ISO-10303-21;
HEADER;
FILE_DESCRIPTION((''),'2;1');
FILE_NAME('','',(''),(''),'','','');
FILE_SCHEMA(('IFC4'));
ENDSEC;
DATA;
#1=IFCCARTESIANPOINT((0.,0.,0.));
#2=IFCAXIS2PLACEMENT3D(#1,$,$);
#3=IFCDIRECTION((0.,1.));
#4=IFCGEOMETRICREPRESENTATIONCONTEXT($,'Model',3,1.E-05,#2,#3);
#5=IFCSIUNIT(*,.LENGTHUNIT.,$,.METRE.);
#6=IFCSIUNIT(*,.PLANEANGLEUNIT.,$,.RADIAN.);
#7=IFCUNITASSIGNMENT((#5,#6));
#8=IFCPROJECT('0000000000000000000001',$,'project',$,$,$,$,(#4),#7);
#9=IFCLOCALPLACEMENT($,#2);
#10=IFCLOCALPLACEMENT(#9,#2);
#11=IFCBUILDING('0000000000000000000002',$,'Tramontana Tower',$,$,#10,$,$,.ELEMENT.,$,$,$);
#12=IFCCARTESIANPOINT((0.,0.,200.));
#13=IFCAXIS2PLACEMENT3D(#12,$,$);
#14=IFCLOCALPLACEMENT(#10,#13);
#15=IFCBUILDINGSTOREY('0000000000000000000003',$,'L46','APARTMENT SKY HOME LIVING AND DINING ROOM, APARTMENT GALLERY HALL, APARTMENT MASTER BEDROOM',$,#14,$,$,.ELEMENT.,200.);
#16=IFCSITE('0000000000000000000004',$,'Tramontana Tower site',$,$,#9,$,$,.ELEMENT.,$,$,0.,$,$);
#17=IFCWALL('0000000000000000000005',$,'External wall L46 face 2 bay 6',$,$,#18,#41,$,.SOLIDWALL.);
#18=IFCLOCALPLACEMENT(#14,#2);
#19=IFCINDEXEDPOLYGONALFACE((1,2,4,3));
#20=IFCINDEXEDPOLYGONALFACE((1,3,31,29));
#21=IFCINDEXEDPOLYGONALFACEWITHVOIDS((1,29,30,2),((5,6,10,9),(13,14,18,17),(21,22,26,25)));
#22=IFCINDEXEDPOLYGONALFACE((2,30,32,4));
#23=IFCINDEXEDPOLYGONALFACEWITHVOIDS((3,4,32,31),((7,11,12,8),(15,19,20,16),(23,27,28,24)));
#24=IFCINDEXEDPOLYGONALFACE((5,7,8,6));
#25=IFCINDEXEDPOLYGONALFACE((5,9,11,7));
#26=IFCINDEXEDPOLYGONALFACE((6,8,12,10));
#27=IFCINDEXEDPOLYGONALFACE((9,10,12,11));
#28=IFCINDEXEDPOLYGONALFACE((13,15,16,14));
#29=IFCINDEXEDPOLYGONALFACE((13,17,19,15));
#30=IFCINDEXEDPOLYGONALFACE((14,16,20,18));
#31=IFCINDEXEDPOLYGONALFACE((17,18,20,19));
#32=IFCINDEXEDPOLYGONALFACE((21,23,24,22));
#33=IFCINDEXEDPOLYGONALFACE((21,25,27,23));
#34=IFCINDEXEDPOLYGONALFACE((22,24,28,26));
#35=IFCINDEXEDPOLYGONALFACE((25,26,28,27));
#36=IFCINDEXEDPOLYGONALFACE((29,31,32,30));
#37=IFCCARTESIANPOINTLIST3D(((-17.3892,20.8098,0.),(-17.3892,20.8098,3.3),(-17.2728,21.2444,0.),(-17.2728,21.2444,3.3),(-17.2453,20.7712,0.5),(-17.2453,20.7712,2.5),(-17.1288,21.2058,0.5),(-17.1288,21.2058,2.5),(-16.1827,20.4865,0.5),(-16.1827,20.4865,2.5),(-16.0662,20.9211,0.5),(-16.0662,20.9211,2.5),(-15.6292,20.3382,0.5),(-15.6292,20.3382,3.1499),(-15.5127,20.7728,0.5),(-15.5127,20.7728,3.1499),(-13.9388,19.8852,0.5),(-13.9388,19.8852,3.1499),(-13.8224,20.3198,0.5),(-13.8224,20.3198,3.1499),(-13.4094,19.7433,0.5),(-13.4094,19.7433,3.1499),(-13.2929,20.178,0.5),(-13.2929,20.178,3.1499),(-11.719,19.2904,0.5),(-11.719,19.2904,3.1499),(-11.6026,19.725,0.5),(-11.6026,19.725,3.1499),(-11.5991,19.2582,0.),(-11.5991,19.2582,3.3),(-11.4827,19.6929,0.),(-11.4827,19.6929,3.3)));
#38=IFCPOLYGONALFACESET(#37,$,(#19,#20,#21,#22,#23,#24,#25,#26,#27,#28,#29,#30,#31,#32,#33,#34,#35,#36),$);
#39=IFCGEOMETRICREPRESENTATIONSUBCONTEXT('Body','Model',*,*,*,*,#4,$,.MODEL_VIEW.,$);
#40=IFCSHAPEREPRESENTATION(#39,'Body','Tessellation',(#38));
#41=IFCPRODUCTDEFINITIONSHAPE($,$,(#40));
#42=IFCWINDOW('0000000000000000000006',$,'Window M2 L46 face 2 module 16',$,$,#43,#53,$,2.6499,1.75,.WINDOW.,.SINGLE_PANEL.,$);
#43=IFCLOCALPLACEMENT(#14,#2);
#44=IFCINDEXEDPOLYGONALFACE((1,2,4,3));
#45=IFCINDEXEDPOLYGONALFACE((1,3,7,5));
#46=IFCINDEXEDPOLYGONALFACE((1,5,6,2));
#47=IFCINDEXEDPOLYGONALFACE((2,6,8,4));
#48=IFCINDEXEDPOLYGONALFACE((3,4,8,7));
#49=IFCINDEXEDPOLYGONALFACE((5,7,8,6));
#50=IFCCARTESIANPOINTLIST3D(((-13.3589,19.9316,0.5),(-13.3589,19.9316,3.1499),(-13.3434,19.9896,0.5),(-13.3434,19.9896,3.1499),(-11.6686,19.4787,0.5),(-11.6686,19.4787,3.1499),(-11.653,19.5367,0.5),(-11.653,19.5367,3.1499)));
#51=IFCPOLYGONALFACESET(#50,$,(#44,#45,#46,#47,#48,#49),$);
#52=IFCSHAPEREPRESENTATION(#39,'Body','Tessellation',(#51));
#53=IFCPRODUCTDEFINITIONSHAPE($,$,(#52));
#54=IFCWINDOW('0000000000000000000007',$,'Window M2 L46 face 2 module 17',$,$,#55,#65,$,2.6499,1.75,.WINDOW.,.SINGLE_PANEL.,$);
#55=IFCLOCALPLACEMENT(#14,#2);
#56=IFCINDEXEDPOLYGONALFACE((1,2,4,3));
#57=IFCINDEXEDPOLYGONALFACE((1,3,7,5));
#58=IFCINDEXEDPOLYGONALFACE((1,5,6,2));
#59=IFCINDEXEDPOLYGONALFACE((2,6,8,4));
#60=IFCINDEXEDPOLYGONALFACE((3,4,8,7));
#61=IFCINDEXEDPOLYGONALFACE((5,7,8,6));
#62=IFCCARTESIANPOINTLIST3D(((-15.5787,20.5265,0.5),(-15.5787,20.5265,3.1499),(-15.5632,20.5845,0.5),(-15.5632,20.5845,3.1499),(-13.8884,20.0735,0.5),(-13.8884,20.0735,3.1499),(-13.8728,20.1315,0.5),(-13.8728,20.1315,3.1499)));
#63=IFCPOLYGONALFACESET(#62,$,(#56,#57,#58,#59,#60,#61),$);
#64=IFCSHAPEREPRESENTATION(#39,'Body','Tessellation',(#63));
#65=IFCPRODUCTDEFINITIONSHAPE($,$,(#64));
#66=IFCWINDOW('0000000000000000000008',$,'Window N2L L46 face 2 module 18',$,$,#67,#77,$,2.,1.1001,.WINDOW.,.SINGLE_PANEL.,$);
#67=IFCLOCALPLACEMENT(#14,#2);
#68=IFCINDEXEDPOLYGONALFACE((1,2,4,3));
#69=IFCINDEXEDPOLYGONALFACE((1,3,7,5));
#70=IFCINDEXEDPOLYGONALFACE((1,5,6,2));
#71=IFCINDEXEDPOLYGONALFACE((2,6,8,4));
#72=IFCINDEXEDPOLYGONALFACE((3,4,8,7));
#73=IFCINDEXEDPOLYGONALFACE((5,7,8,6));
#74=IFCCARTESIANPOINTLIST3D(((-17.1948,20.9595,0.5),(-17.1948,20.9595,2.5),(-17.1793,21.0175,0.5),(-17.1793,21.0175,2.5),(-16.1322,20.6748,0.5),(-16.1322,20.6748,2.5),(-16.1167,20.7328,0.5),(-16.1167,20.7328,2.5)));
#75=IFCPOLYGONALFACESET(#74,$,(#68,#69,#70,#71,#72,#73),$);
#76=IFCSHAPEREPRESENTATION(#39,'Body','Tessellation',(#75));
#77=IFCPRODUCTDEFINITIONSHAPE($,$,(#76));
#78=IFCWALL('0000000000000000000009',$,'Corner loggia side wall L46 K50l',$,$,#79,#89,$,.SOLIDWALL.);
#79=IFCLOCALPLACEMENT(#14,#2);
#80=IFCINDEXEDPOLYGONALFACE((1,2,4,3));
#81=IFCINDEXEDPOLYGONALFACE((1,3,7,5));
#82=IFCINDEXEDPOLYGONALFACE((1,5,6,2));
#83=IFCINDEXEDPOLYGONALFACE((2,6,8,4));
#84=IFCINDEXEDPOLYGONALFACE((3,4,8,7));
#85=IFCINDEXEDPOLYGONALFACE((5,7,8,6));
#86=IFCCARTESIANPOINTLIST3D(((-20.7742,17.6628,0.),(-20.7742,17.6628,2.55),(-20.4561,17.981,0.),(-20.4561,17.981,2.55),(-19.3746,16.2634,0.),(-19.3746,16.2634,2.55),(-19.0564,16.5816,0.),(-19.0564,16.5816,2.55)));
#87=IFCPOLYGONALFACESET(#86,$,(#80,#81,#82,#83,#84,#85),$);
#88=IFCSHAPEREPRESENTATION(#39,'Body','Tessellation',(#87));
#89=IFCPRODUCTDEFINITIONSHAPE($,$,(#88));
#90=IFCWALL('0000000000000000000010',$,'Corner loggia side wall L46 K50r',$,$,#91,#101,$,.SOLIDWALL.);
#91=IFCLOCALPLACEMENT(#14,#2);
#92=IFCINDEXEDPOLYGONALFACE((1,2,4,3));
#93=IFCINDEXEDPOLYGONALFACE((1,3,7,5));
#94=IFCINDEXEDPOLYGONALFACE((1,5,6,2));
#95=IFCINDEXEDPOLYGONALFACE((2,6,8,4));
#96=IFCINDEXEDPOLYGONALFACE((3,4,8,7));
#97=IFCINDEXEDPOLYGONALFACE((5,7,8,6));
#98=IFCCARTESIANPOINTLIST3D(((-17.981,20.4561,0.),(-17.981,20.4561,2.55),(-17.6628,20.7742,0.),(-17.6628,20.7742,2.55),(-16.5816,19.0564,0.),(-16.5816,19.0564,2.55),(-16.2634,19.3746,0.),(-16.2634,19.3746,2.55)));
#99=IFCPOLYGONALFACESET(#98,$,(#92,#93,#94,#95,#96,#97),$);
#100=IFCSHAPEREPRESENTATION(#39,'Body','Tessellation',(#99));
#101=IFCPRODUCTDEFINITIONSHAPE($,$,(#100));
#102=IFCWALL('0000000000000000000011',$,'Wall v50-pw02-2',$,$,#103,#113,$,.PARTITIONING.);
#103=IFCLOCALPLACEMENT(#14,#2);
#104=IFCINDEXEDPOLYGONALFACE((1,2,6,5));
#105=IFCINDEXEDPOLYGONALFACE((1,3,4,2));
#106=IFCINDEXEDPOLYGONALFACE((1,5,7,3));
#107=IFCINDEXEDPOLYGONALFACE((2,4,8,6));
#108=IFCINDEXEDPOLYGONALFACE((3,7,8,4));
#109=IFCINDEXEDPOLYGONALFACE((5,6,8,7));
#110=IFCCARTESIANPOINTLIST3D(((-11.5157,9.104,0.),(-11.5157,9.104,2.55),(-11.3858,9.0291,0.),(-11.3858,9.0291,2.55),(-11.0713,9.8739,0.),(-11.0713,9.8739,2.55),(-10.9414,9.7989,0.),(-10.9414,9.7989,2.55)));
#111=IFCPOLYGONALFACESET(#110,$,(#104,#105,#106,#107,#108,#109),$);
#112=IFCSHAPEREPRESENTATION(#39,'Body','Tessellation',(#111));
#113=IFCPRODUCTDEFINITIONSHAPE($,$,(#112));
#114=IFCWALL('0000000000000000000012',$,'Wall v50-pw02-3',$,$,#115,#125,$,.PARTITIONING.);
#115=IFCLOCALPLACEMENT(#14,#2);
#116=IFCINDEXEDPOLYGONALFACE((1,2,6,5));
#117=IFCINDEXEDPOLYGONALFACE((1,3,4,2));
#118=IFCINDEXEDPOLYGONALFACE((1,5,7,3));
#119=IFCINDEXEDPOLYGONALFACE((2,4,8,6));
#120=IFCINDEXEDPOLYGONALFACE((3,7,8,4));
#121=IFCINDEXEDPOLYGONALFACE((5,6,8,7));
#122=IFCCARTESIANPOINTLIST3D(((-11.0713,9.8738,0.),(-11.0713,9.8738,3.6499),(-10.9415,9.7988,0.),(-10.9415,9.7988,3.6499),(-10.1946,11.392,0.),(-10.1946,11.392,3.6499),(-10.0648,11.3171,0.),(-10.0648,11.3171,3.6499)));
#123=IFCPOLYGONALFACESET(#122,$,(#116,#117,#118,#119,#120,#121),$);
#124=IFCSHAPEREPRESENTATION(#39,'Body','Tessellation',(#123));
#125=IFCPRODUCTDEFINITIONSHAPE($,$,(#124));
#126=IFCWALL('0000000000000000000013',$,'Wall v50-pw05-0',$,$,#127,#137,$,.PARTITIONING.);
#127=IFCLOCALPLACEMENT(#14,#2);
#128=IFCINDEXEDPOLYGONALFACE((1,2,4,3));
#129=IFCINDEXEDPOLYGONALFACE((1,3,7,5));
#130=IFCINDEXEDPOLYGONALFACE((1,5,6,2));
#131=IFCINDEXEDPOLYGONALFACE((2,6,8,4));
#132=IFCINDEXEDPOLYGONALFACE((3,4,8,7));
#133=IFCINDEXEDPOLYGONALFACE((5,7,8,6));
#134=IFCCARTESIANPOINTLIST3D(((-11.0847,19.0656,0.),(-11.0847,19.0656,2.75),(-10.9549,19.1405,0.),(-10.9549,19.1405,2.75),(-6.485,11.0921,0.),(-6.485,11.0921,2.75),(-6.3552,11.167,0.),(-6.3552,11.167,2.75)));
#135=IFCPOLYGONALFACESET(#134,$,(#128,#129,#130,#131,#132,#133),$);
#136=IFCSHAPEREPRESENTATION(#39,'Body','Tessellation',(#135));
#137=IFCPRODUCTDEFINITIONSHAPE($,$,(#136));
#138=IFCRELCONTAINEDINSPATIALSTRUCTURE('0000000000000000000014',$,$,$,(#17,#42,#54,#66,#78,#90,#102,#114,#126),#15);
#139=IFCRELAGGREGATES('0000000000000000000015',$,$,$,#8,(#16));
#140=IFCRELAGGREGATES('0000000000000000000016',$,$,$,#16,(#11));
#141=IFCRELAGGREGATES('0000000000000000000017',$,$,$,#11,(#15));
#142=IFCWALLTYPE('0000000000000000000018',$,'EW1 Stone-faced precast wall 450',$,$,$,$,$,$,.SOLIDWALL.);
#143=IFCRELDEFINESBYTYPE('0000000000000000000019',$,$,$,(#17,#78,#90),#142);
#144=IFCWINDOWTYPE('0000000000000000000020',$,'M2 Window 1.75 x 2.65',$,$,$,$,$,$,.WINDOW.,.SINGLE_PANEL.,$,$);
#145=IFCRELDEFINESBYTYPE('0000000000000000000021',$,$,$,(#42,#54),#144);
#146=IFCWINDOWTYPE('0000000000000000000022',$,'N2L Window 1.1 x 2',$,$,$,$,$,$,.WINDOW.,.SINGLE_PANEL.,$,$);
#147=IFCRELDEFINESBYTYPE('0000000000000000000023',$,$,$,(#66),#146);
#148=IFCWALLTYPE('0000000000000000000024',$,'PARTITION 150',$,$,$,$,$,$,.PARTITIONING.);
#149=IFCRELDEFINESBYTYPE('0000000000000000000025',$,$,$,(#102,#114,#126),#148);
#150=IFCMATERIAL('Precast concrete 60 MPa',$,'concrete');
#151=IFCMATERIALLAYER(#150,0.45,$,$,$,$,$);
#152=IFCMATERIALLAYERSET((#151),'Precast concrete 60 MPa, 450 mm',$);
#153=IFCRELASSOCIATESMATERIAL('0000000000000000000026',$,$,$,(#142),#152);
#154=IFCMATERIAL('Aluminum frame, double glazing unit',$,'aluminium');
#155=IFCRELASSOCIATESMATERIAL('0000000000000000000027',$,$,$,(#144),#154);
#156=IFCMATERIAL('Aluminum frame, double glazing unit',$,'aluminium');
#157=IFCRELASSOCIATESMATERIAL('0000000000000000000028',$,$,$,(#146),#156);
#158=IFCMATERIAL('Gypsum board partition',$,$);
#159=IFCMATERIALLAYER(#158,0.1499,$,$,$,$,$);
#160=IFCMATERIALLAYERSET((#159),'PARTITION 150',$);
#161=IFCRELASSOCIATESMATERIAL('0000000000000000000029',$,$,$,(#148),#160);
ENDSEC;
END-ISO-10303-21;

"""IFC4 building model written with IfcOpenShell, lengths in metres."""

from ifc_helpers import new_model, si_unit, direction, frame, frame_2d, origin, place, context, subcontext, project, spatial, rectangle, extrude, material, layer, layer_set, type_object, element, fill, save


model = new_model("IFC4")

# Units and contexts
model_context = context("Model", 3, precision=1e-05, world=origin(), true_north=direction((0.0, 1.0)))
body_context = subcontext(model_context, "Body", "Model", "MODEL_VIEW")
ifc_project = project(units=[si_unit("LENGTHUNIT", "METRE"), si_unit("PLANEANGLEUNIT", "RADIAN")], contexts=[model_context])

# Site, building, storey
site_placement = place(None, origin())
site = spatial("IfcSite", under=ifc_project, at=site_placement, Name="Tramontana Tower site", CompositionType="ELEMENT", RefElevation=0.0)
building_placement = place(site_placement, origin())
building = spatial("IfcBuilding", under=site, at=building_placement, Name="Tramontana Tower", CompositionType="ELEMENT")
storey_placement = place(building_placement, frame((0.0, 0.0, 200.0)))
storey = spatial("IfcBuildingStorey", under=building, at=storey_placement, Name="L46", Description="APARTMENT SKY HOME LIVING AND DINING ROOM, APARTMENT GALLERY HALL, APARTMENT MASTER BEDROOM", CompositionType="ELEMENT", Elevation=200.0)

# Shared definitions
ifc_material_1 = material(Name="Precast concrete 60 MPa", Category="concrete")
ifc_layer_1 = layer(ifc_material_1, 0.45)
ifc_layer_set_1 = layer_set([ifc_layer_1], Name="Precast concrete 60 MPa, 450 mm")
wall_type_1 = type_object("IfcWallType", Name="EW1 Stone-faced precast wall 450", PredefinedType="SOLIDWALL", material=ifc_layer_set_1)
ifc_material_2 = material(Name="Aluminum frame, double glazing unit", Category="aluminium")
window_type_1 = type_object("IfcWindowType", Name="M2 Window 1.75 x 2.65", PartitioningType="SINGLE_PANEL", PredefinedType="WINDOW", material=ifc_material_2)
ifc_material_3 = material(Name="Aluminum frame, double glazing unit", Category="aluminium")
window_type_2 = type_object("IfcWindowType", Name="N2L Window 1.1 x 2", PartitioningType="SINGLE_PANEL", PredefinedType="WINDOW", material=ifc_material_3)

# Wall, openings, windows
wall_1_placement = place(storey_placement, frame((-11.541, 19.4756, 0.0), z_axis=(0.0, 0.0, 1.0), x_axis=(-0.965923, 0.258831, 0.0)))
wall_1 = element("IfcWall", 1, at=wall_1_placement, inside=storey, type_object=wall_type_1, Name="External wall L46 face 2 bay 6", PredefinedType="SOLIDWALL", context=body_context, shape_type="SweptSolid", body=[
    extrude(rectangle(XDim=5.9944, YDim=0.45, at=frame_2d((2.9971, 0.0))), origin(), (0.0, 0.0, 1.0), 3.3),
])
opening_1_placement = place(wall_1_placement, frame((0.124, 0.0, 0.5)))
opening_1 = element("IfcOpeningElement", 2, at=opening_1_placement, cuts=wall_1, PredefinedType="OPENING", context=body_context, shape_type="SweptSolid", body=[
    extrude(rectangle(XDim=1.75, YDim=2.6499, at=frame_2d((0.875, 1.325))), frame((0.0, 0.2349, 0.0), z_axis=(0.0, -1.0, 0.0), x_axis=(1.0, 0.0, 0.0)), (0.0, 0.0, 1.0), 0.47),
])
opening_2_placement = place(wall_1_placement, frame((2.4221, 0.0, 0.5)))
opening_2 = element("IfcOpeningElement", 3, at=opening_2_placement, cuts=wall_1, PredefinedType="OPENING", context=body_context, shape_type="SweptSolid", body=[
    extrude(rectangle(XDim=1.75, YDim=2.6499, at=frame_2d((0.875, 1.325))), frame((0.0, 0.2349, 0.0), z_axis=(0.0, -1.0, 0.0), x_axis=(1.0, 0.0, 0.0)), (0.0, 0.0, 1.0), 0.47),
])
opening_3_placement = place(wall_1_placement, frame((4.7451, 0.0, 0.5)))
opening_3 = element("IfcOpeningElement", 4, at=opening_3_placement, cuts=wall_1, PredefinedType="OPENING", context=body_context, shape_type="SweptSolid", body=[
    extrude(rectangle(XDim=1.1001, YDim=2.0, at=frame_2d((0.55, 1.0))), frame((0.0, 0.2349, 0.0), z_axis=(0.0, -1.0, 0.0), x_axis=(1.0, 0.0, 0.0)), (0.0, 0.0, 1.0), 0.47),
])
window_1_placement = place(opening_1_placement, origin())
window_1 = element("IfcWindow", 5, at=window_1_placement, inside=storey, type_object=window_type_1, Name="Window M2 L46 face 2 module 16", OverallHeight=2.6499, OverallWidth=1.75, PartitioningType="SINGLE_PANEL", PredefinedType="WINDOW", context=body_context, shape_type="SweptSolid", body=[
    extrude(rectangle(XDim=1.75, YDim=2.6499, at=frame_2d((0.875, 1.325))), frame((0.0, 0.03, 0.0), z_axis=(0.0, -1.0, 0.0), x_axis=(1.0, 0.0, 0.0)), (0.0, 0.0, 1.0), 0.0601),
])
fill(opening_1, window_1)
window_2_placement = place(opening_2_placement, origin())
window_2 = element("IfcWindow", 6, at=window_2_placement, inside=storey, type_object=window_type_1, Name="Window M2 L46 face 2 module 17", OverallHeight=2.6499, OverallWidth=1.75, PartitioningType="SINGLE_PANEL", PredefinedType="WINDOW", context=body_context, shape_type="SweptSolid", body=[
    extrude(rectangle(XDim=1.75, YDim=2.6499, at=frame_2d((0.875, 1.325))), frame((0.0, 0.03, 0.0), z_axis=(0.0, -1.0, 0.0), x_axis=(1.0, 0.0, 0.0)), (0.0, 0.0, 1.0), 0.0601),
])
fill(opening_2, window_2)
window_3_placement = place(opening_3_placement, origin())
window_3 = element("IfcWindow", 7, at=window_3_placement, inside=storey, type_object=window_type_2, Name="Window N2L L46 face 2 module 18", OverallHeight=2.0, OverallWidth=1.1001, PartitioningType="SINGLE_PANEL", PredefinedType="WINDOW", context=body_context, shape_type="SweptSolid", body=[
    extrude(rectangle(XDim=1.1001, YDim=2.0, at=frame_2d((0.55, 1.0))), frame((0.0, 0.03, 0.0), z_axis=(0.0, -1.0, 0.0), x_axis=(1.0, 0.0, 0.0)), (0.0, 0.0, 1.0), 0.0601),
])
fill(opening_3, window_3)

# Walls
for number, where, z_axis, x_axis, name in (
    (8, (-20.6152, 17.822, 0.0), (0.0, 0.0, 1.0), (0.707168, -0.707045, 0.0), "Corner loggia side wall L46 K50l"),
    (9, (-17.822, 20.6152, 0.0), (0.0, 0.0, 1.0), (0.707045, -0.707168, 0.0), "Corner loggia side wall L46 K50r"),
):
    element("IfcWall", number, at=place(storey_placement, frame(where, z_axis=z_axis, x_axis=x_axis)), inside=storey, type_object=wall_type_1, Name=name, PredefinedType="SOLIDWALL", context=body_context, shape_type="SweptSolid", body=[
        extrude(rectangle(XDim=1.9792, YDim=0.45, at=frame_2d((0.9897, 0.0))), origin(), (0.0, 0.0, 1.0), 2.55),
    ])

# Walls
ifc_material_4 = material(Name="Gypsum board partition")
ifc_layer_2 = layer(ifc_material_4, 0.1499)
ifc_layer_set_2 = layer_set([ifc_layer_2], Name="PARTITION 150")
wall_type_2 = type_object("IfcWallType", Name="PARTITION 150", PredefinedType="PARTITIONING", material=ifc_layer_set_2)
wall_2_placement = place(storey_placement, frame((-11.4507, 9.0667, 0.0), z_axis=(0.0, 0.0, 1.0), x_axis=(0.499921, 0.866071, 0.0)))
element("IfcWall", 10, at=wall_2_placement, inside=storey, type_object=wall_type_2, Name="Wall v50-pw02-2", PredefinedType="PARTITIONING", context=body_context, shape_type="SweptSolid", body=[
    extrude(rectangle(XDim=0.8889, YDim=0.1499, at=frame_2d((0.4443, 0.0))), origin(), (0.0, 0.0, 1.0), 2.55),
])
wall_3_placement = place(storey_placement, frame((-11.0063, 9.8364, 0.0), z_axis=(0.0, 0.0, 1.0), x_axis=(0.500048, 0.865998, 0.0)))
element("IfcWall", 11, at=wall_3_placement, inside=storey, type_object=wall_type_2, Name="Wall v50-pw02-3", PredefinedType="PARTITIONING", context=body_context, shape_type="SweptSolid", body=[
    extrude(rectangle(XDim=1.7532, YDim=0.1499, at=frame_2d((0.8765, 0.0))), origin(), (0.0, 0.0, 1.0), 3.6499),
])
wall_4_placement = place(storey_placement, frame((-11.0198, 19.103, 0.0), z_axis=(0.0, 0.0, 1.0), x_axis=(0.499688, -0.866205, 0.0)))
element("IfcWall", 12, at=wall_4_placement, inside=storey, type_object=wall_type_2, Name="Wall v50-pw05-0", PredefinedType="PARTITIONING", context=body_context, shape_type="SweptSolid", body=[
    extrude(rectangle(XDim=9.2051, YDim=0.1499, at=frame_2d((4.6025, 0.0))), origin(), (0.0, 0.0, 1.0), 2.75),
])

save(model, "model.ifc")
